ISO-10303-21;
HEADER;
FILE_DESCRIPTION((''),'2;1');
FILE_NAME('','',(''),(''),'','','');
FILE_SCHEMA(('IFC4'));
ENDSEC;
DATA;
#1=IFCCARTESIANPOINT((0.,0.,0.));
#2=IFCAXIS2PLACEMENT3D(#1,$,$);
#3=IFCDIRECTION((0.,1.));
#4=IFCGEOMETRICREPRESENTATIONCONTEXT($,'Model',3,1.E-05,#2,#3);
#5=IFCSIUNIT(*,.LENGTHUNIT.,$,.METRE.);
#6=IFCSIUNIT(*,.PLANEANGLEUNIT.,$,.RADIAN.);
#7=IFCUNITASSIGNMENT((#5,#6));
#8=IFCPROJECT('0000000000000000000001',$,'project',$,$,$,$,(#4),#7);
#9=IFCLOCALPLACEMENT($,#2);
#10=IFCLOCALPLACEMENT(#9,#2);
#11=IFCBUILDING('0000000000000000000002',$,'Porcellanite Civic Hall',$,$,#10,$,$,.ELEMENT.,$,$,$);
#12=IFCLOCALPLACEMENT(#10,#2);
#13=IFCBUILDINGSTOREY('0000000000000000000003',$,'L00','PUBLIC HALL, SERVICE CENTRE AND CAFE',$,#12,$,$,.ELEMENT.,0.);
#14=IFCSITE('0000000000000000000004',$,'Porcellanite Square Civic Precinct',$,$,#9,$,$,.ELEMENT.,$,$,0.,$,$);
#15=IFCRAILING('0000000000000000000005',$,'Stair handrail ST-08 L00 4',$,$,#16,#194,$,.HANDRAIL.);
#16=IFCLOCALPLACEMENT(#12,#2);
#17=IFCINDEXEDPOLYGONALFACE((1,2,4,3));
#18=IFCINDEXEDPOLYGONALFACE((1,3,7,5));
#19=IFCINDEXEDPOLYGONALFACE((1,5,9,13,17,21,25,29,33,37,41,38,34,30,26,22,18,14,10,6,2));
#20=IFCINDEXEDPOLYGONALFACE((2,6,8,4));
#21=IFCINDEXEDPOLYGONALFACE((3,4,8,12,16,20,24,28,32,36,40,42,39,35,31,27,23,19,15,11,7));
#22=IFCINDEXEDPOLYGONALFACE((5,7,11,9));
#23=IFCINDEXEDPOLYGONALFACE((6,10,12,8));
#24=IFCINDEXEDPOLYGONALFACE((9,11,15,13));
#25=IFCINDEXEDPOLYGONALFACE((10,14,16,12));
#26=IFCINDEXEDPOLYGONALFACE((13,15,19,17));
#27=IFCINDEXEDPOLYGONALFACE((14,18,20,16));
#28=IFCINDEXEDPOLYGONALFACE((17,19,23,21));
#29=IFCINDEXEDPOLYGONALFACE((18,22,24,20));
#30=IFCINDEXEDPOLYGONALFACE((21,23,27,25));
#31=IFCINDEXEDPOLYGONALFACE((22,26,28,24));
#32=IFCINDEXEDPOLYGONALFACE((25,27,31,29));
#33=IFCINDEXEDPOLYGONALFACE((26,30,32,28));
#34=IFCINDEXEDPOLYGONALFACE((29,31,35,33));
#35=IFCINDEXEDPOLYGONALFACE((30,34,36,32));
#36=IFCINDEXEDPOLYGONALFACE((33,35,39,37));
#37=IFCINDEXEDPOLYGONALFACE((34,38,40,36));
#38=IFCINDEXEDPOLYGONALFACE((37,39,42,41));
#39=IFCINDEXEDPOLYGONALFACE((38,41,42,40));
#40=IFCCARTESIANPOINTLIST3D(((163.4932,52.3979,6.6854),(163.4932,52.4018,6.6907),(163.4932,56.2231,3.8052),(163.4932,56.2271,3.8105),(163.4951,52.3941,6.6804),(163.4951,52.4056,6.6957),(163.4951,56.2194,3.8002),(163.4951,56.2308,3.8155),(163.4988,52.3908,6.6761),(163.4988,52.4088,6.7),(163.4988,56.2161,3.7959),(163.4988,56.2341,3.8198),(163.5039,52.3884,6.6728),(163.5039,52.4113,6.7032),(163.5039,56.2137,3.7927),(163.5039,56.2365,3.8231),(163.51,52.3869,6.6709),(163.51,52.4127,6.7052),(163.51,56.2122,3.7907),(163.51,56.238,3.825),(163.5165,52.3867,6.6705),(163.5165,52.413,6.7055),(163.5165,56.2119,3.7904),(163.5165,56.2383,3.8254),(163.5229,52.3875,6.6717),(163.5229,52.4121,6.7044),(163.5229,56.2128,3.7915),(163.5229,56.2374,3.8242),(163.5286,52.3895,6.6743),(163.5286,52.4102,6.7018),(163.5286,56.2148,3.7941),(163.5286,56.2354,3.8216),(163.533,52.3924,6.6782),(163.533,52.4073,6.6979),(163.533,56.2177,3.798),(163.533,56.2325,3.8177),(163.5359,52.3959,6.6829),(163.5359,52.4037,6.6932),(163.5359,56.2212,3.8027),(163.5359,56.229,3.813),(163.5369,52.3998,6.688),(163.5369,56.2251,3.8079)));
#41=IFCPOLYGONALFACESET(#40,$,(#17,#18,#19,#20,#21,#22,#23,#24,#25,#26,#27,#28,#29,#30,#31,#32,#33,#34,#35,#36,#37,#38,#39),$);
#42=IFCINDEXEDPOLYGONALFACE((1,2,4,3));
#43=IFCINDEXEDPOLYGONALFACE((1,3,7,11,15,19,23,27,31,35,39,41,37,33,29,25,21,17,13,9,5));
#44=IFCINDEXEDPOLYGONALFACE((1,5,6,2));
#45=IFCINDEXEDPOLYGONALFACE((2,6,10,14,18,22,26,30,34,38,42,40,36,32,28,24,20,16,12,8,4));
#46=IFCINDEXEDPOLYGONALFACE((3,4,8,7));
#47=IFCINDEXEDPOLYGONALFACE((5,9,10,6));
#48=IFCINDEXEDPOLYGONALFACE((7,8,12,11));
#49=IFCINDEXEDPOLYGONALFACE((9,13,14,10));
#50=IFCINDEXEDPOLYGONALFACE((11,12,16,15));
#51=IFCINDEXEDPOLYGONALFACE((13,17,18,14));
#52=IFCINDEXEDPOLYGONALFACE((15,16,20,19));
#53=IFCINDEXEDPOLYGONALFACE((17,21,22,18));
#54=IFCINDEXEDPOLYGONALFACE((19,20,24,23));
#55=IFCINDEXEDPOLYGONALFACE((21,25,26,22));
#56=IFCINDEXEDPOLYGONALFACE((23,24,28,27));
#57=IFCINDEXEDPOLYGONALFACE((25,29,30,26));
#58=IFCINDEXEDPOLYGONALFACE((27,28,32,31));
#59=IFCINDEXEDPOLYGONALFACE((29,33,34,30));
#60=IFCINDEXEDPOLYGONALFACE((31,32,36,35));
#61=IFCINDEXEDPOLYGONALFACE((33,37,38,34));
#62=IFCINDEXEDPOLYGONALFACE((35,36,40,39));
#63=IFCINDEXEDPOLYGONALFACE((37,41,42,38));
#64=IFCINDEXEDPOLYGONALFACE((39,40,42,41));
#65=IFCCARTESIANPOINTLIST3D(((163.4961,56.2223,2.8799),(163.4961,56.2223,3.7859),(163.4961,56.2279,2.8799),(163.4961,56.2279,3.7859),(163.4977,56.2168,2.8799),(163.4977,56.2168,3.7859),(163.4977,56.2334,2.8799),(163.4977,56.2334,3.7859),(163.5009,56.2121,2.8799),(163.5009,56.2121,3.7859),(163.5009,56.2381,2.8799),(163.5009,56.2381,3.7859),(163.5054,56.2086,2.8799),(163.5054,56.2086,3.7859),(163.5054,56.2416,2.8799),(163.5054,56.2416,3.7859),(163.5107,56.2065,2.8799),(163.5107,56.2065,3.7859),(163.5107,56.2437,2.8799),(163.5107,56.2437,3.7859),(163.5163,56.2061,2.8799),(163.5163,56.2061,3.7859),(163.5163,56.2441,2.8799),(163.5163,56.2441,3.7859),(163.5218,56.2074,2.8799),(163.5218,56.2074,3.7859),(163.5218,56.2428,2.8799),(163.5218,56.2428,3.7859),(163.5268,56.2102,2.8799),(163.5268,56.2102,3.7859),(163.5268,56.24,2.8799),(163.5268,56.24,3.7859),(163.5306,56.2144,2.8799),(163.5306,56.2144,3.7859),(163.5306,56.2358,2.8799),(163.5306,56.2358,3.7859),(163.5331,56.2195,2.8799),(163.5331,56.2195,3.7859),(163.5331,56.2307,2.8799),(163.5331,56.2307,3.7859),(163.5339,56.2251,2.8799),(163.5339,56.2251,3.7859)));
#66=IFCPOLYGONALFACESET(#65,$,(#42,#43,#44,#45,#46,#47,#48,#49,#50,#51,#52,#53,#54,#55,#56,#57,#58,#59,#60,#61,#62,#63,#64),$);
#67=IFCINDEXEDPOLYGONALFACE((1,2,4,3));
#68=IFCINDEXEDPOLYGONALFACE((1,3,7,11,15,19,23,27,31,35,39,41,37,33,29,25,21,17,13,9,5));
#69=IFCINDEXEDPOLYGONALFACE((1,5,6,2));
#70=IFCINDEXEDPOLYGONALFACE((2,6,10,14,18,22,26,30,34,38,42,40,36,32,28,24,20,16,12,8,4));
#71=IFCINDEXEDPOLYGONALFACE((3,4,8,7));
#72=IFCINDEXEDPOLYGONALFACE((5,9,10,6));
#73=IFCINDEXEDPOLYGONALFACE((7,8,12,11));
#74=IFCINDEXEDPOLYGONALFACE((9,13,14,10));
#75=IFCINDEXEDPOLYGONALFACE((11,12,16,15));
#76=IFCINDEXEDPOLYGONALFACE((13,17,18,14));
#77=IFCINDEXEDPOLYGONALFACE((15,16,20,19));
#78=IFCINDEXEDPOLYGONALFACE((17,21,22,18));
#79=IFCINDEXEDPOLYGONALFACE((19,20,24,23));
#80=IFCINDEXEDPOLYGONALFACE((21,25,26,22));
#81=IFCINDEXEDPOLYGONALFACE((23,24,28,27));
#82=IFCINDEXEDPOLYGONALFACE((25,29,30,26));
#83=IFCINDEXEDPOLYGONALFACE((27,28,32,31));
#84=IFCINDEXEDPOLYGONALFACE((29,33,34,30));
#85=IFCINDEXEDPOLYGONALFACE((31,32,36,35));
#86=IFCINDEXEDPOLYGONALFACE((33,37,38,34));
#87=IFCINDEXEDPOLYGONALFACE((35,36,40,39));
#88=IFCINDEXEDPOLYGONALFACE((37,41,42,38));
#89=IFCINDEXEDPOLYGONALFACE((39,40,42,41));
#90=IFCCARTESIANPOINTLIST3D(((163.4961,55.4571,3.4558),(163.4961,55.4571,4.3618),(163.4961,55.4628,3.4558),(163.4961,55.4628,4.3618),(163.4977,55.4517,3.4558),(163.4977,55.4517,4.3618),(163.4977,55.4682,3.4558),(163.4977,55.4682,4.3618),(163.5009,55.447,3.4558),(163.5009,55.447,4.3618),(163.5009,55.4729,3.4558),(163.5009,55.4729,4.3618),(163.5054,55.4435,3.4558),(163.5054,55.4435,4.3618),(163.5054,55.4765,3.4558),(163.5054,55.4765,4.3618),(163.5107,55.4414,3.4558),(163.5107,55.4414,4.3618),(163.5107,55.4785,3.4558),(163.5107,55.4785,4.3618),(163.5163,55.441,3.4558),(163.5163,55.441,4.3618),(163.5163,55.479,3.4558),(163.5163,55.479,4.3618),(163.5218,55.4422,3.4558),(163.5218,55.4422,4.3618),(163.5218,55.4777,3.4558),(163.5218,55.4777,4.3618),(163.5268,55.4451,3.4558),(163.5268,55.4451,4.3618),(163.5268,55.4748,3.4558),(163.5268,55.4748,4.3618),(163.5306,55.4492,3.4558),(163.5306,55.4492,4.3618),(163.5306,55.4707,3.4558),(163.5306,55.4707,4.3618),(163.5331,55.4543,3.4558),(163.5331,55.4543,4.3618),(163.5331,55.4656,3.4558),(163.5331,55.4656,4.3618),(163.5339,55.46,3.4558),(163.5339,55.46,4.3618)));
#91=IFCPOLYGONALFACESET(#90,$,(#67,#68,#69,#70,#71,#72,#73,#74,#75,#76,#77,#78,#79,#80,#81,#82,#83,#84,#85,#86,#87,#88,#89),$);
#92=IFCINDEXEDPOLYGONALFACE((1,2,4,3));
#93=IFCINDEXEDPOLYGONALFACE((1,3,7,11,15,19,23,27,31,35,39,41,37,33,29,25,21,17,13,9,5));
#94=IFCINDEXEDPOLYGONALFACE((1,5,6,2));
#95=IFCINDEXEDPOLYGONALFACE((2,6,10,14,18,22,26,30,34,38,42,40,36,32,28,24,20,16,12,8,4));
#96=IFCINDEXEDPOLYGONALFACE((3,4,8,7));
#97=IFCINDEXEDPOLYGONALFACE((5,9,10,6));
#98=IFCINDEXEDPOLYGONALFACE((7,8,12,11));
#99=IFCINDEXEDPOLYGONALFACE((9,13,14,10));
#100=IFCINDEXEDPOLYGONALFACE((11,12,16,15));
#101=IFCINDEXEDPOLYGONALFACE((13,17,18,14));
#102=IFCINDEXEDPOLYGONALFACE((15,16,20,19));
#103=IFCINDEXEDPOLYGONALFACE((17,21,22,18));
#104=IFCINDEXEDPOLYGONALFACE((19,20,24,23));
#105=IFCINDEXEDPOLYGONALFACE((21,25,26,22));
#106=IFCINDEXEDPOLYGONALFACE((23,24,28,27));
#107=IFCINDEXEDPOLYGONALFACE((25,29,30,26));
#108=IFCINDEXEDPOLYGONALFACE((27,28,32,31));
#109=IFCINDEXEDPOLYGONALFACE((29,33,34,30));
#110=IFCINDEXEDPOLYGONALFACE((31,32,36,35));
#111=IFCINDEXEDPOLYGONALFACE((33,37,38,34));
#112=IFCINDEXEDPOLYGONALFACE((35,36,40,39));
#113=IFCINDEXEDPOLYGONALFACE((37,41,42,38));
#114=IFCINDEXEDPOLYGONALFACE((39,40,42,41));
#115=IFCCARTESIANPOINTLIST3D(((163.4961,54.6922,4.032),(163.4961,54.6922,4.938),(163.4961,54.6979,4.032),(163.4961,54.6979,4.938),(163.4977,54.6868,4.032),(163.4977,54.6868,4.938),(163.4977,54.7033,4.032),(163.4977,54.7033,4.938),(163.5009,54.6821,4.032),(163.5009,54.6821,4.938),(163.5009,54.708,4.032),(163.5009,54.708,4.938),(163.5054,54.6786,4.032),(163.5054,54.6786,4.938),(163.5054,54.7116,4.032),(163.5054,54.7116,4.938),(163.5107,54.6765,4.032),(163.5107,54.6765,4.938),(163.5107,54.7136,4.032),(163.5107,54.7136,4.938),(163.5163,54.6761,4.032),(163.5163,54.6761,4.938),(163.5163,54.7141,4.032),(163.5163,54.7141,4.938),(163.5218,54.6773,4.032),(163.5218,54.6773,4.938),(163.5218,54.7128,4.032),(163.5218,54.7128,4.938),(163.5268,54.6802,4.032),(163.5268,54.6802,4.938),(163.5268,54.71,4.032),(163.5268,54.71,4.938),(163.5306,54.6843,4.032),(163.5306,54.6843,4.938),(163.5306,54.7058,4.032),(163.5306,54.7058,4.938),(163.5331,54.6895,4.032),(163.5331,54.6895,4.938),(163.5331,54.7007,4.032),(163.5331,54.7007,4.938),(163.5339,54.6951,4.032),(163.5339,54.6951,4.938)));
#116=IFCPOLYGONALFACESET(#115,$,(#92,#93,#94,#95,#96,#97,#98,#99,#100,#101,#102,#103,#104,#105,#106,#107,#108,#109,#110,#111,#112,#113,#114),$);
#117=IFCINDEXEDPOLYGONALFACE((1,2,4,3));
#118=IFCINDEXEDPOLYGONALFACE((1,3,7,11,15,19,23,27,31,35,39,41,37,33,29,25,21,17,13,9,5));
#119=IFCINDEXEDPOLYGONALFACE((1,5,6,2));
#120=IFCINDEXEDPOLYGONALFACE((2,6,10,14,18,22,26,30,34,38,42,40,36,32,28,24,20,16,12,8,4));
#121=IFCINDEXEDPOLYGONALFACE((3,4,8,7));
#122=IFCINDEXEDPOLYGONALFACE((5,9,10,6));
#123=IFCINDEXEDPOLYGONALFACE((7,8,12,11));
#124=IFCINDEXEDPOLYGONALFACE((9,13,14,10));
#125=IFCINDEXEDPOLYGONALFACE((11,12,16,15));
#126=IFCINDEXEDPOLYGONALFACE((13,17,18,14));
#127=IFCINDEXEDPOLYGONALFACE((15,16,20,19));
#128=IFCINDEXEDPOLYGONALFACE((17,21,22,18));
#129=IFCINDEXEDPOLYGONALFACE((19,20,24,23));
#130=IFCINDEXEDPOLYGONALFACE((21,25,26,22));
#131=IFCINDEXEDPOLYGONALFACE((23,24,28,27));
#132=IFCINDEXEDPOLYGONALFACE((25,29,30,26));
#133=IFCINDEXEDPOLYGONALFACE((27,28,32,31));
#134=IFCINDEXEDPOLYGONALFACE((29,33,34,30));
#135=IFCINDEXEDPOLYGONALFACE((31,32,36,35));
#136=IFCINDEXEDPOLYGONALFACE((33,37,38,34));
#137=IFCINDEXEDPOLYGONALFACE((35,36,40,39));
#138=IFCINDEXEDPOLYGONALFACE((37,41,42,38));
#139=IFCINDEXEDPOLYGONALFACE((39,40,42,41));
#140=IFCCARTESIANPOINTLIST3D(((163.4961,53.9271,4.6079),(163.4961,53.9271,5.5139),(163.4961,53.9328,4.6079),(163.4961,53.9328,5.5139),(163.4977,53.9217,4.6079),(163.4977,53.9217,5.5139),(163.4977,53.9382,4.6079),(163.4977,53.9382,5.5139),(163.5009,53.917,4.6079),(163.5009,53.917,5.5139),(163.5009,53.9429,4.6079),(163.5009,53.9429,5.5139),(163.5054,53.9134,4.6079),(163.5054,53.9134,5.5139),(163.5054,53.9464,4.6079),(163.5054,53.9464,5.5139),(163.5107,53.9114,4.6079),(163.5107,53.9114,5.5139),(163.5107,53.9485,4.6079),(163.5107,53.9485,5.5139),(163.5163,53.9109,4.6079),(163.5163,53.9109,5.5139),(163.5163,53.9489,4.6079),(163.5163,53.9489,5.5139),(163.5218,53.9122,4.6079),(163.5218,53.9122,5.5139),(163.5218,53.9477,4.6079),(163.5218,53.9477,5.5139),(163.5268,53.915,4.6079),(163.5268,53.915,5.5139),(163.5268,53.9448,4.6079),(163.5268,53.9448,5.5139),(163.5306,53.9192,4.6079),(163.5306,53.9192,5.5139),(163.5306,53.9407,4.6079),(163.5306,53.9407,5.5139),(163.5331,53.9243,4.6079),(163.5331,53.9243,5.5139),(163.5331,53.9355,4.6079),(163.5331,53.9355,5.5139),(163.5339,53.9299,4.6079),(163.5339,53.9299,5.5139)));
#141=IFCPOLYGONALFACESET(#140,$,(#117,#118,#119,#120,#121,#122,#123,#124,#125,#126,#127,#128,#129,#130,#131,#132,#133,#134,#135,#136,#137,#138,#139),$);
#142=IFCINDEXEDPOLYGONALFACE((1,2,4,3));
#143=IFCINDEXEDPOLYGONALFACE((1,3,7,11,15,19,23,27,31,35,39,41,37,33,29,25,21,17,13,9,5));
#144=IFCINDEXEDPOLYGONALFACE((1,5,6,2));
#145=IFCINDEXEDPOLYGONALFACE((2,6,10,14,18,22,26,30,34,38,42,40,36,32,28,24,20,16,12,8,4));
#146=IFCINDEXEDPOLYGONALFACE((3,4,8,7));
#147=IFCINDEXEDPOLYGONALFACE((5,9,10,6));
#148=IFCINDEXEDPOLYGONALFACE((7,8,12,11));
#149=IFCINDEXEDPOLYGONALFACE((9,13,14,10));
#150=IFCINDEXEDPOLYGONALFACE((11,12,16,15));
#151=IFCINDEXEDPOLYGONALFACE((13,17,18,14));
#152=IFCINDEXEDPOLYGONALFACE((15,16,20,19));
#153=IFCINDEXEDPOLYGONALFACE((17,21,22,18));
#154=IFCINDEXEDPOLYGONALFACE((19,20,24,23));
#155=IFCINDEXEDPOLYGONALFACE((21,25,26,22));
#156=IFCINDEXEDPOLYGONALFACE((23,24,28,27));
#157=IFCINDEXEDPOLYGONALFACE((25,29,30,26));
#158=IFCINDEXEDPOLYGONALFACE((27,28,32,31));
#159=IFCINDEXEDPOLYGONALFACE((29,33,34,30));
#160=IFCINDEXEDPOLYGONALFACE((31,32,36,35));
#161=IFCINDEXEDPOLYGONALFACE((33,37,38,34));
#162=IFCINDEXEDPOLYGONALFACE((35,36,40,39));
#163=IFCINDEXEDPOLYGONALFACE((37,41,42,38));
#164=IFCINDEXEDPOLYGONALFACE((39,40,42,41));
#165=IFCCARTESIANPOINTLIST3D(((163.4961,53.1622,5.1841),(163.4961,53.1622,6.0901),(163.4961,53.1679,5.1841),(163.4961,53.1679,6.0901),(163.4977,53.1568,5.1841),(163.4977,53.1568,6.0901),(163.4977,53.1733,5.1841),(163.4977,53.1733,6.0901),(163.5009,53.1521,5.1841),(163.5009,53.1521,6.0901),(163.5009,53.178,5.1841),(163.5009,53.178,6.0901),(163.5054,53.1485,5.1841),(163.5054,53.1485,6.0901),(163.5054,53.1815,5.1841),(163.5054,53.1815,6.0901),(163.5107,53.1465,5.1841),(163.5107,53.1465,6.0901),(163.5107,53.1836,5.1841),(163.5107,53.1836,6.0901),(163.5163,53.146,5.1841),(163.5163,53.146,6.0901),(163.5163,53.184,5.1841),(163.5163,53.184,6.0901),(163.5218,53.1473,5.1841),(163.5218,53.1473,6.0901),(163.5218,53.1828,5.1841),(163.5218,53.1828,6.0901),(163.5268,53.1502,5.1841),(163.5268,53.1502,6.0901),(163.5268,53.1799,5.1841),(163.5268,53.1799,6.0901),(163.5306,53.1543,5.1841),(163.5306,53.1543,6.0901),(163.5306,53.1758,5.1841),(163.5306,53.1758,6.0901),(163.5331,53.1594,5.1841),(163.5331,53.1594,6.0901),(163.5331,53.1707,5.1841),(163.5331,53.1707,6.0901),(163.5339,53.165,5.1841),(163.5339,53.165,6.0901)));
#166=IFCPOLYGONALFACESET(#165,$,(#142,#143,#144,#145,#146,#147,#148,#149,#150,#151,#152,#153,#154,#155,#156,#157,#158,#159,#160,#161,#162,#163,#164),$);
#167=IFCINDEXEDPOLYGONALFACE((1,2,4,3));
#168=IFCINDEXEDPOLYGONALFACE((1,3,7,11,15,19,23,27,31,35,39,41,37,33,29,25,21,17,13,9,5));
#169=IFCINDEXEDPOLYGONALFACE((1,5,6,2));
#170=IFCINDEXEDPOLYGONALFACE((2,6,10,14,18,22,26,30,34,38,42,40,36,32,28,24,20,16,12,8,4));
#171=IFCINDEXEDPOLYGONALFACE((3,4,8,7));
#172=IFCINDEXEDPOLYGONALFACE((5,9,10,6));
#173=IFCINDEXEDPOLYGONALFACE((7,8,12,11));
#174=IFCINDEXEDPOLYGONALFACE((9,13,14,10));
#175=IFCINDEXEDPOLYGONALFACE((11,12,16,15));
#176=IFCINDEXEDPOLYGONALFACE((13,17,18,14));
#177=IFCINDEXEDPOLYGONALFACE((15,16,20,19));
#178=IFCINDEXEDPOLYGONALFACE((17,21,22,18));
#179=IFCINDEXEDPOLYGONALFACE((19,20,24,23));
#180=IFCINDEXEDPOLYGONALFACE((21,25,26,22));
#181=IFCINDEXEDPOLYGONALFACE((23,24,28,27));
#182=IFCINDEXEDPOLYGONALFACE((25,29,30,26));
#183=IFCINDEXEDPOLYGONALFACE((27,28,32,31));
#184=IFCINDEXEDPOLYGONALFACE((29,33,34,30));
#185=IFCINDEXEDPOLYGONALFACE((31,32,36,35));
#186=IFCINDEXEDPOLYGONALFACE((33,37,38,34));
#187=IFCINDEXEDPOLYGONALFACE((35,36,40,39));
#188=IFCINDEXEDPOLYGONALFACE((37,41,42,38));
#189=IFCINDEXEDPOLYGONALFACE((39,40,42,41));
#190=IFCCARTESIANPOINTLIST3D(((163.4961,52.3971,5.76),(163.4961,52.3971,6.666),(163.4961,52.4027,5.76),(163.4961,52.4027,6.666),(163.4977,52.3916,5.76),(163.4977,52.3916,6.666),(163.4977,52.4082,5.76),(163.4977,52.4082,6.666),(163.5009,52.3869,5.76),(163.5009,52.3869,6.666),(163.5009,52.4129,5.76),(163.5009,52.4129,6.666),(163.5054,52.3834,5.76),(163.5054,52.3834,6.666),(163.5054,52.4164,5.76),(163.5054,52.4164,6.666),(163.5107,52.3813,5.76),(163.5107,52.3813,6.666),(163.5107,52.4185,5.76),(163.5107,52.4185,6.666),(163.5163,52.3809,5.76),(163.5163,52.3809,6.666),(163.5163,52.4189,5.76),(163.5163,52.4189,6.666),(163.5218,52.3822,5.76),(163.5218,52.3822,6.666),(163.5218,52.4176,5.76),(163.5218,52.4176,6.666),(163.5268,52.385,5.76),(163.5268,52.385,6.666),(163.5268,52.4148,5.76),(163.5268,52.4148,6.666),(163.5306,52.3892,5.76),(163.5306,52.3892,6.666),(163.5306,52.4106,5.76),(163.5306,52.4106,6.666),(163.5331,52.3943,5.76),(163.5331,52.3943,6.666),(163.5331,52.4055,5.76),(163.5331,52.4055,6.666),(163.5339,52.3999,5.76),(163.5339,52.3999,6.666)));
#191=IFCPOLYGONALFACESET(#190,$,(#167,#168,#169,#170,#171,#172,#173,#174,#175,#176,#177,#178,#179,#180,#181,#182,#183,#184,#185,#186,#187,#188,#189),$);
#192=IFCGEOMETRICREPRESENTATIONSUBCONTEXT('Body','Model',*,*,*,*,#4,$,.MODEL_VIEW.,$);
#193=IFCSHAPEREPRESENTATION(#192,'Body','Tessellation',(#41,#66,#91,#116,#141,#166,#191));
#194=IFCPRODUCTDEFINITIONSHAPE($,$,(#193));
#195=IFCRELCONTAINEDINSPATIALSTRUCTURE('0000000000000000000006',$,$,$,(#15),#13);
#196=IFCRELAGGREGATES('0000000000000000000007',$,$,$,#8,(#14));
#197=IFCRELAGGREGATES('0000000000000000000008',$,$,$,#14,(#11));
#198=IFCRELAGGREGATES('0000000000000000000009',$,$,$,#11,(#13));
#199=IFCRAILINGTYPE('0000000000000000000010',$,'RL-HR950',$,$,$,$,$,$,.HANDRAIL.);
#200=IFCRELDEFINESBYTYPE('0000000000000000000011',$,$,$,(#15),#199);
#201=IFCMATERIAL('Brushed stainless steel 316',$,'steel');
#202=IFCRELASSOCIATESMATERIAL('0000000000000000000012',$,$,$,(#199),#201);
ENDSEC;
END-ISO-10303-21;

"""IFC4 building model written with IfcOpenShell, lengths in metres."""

from ifc_helpers import new_model, si_unit, direction, frame, origin, origin_2d, place, context, subcontext, project, spatial, circle, extrude, material, type_object, element, save


model = new_model("IFC4")

# Units and contexts
model_context = context("Model", 3, precision=1e-05, world=origin(), true_north=direction((0.0, 1.0)))
body_context = subcontext(model_context, "Body", "Model", "MODEL_VIEW")
ifc_project = project(units=[si_unit("LENGTHUNIT", "METRE"), si_unit("PLANEANGLEUNIT", "RADIAN")], contexts=[model_context])

# Site, building, storey
site_placement = place(None, origin())
site = spatial("IfcSite", under=ifc_project, at=site_placement, Name="Porcellanite Square Civic Precinct", CompositionType="ELEMENT", RefElevation=0.0)
building_placement = place(site_placement, origin())
building = spatial("IfcBuilding", under=site, at=building_placement, Name="Porcellanite Civic Hall", CompositionType="ELEMENT")
storey_placement = place(building_placement, origin())
storey = spatial("IfcBuildingStorey", under=building, at=storey_placement, Name="L00", Description="PUBLIC HALL, SERVICE CENTRE AND CAFE", CompositionType="ELEMENT", Elevation=0.0)

# Railing
ifc_material_1 = material(Name="Brushed stainless steel 316", Category="steel")
railing_type_1 = type_object("IfcRailingType", Name="RL-HR950", PredefinedType="HANDRAIL", material=ifc_material_1)
railing_1_placement = place(storey_placement, frame((163.5149, 56.2251, 2.8799)))
element("IfcRailing", 1, at=railing_1_placement, inside=storey, type_object=railing_type_1, Name="Stair handrail ST-08 L00 4", PredefinedType="HANDRAIL", context=body_context, shape_type="SweptSolid", body=[
    extrude(circle(Radius=0.022, at=origin_2d()), frame((0.0, 0.0, 0.928), z_axis=(0.0, -0.798873, 0.6015), x_axis=(1.0, 0.0, 0.0)), (0.0, 0.0, 1.0), 4.7883),
    extrude(circle(Radius=0.019, at=origin_2d()), origin(), (0.0, 0.0, 1.0), 0.906),
    extrude(circle(Radius=0.019, at=origin_2d()), frame((0.0, -0.7651, 0.5759)), (0.0, 0.0, 1.0), 0.906),
    extrude(circle(Radius=0.019, at=origin_2d()), frame((0.0, -1.53, 1.1521)), (0.0, 0.0, 1.0), 0.906),
    extrude(circle(Radius=0.019, at=origin_2d()), frame((0.0, -2.2952, 1.728)), (0.0, 0.0, 1.0), 0.906),
    extrude(circle(Radius=0.019, at=origin_2d()), frame((0.0, -3.0601, 2.3042)), (0.0, 0.0, 1.0), 0.906),
    extrude(circle(Radius=0.019, at=origin_2d()), frame((0.0, -3.8252, 2.8801)), (0.0, 0.0, 1.0), 0.906),
])

save(model, "model.ifc")
